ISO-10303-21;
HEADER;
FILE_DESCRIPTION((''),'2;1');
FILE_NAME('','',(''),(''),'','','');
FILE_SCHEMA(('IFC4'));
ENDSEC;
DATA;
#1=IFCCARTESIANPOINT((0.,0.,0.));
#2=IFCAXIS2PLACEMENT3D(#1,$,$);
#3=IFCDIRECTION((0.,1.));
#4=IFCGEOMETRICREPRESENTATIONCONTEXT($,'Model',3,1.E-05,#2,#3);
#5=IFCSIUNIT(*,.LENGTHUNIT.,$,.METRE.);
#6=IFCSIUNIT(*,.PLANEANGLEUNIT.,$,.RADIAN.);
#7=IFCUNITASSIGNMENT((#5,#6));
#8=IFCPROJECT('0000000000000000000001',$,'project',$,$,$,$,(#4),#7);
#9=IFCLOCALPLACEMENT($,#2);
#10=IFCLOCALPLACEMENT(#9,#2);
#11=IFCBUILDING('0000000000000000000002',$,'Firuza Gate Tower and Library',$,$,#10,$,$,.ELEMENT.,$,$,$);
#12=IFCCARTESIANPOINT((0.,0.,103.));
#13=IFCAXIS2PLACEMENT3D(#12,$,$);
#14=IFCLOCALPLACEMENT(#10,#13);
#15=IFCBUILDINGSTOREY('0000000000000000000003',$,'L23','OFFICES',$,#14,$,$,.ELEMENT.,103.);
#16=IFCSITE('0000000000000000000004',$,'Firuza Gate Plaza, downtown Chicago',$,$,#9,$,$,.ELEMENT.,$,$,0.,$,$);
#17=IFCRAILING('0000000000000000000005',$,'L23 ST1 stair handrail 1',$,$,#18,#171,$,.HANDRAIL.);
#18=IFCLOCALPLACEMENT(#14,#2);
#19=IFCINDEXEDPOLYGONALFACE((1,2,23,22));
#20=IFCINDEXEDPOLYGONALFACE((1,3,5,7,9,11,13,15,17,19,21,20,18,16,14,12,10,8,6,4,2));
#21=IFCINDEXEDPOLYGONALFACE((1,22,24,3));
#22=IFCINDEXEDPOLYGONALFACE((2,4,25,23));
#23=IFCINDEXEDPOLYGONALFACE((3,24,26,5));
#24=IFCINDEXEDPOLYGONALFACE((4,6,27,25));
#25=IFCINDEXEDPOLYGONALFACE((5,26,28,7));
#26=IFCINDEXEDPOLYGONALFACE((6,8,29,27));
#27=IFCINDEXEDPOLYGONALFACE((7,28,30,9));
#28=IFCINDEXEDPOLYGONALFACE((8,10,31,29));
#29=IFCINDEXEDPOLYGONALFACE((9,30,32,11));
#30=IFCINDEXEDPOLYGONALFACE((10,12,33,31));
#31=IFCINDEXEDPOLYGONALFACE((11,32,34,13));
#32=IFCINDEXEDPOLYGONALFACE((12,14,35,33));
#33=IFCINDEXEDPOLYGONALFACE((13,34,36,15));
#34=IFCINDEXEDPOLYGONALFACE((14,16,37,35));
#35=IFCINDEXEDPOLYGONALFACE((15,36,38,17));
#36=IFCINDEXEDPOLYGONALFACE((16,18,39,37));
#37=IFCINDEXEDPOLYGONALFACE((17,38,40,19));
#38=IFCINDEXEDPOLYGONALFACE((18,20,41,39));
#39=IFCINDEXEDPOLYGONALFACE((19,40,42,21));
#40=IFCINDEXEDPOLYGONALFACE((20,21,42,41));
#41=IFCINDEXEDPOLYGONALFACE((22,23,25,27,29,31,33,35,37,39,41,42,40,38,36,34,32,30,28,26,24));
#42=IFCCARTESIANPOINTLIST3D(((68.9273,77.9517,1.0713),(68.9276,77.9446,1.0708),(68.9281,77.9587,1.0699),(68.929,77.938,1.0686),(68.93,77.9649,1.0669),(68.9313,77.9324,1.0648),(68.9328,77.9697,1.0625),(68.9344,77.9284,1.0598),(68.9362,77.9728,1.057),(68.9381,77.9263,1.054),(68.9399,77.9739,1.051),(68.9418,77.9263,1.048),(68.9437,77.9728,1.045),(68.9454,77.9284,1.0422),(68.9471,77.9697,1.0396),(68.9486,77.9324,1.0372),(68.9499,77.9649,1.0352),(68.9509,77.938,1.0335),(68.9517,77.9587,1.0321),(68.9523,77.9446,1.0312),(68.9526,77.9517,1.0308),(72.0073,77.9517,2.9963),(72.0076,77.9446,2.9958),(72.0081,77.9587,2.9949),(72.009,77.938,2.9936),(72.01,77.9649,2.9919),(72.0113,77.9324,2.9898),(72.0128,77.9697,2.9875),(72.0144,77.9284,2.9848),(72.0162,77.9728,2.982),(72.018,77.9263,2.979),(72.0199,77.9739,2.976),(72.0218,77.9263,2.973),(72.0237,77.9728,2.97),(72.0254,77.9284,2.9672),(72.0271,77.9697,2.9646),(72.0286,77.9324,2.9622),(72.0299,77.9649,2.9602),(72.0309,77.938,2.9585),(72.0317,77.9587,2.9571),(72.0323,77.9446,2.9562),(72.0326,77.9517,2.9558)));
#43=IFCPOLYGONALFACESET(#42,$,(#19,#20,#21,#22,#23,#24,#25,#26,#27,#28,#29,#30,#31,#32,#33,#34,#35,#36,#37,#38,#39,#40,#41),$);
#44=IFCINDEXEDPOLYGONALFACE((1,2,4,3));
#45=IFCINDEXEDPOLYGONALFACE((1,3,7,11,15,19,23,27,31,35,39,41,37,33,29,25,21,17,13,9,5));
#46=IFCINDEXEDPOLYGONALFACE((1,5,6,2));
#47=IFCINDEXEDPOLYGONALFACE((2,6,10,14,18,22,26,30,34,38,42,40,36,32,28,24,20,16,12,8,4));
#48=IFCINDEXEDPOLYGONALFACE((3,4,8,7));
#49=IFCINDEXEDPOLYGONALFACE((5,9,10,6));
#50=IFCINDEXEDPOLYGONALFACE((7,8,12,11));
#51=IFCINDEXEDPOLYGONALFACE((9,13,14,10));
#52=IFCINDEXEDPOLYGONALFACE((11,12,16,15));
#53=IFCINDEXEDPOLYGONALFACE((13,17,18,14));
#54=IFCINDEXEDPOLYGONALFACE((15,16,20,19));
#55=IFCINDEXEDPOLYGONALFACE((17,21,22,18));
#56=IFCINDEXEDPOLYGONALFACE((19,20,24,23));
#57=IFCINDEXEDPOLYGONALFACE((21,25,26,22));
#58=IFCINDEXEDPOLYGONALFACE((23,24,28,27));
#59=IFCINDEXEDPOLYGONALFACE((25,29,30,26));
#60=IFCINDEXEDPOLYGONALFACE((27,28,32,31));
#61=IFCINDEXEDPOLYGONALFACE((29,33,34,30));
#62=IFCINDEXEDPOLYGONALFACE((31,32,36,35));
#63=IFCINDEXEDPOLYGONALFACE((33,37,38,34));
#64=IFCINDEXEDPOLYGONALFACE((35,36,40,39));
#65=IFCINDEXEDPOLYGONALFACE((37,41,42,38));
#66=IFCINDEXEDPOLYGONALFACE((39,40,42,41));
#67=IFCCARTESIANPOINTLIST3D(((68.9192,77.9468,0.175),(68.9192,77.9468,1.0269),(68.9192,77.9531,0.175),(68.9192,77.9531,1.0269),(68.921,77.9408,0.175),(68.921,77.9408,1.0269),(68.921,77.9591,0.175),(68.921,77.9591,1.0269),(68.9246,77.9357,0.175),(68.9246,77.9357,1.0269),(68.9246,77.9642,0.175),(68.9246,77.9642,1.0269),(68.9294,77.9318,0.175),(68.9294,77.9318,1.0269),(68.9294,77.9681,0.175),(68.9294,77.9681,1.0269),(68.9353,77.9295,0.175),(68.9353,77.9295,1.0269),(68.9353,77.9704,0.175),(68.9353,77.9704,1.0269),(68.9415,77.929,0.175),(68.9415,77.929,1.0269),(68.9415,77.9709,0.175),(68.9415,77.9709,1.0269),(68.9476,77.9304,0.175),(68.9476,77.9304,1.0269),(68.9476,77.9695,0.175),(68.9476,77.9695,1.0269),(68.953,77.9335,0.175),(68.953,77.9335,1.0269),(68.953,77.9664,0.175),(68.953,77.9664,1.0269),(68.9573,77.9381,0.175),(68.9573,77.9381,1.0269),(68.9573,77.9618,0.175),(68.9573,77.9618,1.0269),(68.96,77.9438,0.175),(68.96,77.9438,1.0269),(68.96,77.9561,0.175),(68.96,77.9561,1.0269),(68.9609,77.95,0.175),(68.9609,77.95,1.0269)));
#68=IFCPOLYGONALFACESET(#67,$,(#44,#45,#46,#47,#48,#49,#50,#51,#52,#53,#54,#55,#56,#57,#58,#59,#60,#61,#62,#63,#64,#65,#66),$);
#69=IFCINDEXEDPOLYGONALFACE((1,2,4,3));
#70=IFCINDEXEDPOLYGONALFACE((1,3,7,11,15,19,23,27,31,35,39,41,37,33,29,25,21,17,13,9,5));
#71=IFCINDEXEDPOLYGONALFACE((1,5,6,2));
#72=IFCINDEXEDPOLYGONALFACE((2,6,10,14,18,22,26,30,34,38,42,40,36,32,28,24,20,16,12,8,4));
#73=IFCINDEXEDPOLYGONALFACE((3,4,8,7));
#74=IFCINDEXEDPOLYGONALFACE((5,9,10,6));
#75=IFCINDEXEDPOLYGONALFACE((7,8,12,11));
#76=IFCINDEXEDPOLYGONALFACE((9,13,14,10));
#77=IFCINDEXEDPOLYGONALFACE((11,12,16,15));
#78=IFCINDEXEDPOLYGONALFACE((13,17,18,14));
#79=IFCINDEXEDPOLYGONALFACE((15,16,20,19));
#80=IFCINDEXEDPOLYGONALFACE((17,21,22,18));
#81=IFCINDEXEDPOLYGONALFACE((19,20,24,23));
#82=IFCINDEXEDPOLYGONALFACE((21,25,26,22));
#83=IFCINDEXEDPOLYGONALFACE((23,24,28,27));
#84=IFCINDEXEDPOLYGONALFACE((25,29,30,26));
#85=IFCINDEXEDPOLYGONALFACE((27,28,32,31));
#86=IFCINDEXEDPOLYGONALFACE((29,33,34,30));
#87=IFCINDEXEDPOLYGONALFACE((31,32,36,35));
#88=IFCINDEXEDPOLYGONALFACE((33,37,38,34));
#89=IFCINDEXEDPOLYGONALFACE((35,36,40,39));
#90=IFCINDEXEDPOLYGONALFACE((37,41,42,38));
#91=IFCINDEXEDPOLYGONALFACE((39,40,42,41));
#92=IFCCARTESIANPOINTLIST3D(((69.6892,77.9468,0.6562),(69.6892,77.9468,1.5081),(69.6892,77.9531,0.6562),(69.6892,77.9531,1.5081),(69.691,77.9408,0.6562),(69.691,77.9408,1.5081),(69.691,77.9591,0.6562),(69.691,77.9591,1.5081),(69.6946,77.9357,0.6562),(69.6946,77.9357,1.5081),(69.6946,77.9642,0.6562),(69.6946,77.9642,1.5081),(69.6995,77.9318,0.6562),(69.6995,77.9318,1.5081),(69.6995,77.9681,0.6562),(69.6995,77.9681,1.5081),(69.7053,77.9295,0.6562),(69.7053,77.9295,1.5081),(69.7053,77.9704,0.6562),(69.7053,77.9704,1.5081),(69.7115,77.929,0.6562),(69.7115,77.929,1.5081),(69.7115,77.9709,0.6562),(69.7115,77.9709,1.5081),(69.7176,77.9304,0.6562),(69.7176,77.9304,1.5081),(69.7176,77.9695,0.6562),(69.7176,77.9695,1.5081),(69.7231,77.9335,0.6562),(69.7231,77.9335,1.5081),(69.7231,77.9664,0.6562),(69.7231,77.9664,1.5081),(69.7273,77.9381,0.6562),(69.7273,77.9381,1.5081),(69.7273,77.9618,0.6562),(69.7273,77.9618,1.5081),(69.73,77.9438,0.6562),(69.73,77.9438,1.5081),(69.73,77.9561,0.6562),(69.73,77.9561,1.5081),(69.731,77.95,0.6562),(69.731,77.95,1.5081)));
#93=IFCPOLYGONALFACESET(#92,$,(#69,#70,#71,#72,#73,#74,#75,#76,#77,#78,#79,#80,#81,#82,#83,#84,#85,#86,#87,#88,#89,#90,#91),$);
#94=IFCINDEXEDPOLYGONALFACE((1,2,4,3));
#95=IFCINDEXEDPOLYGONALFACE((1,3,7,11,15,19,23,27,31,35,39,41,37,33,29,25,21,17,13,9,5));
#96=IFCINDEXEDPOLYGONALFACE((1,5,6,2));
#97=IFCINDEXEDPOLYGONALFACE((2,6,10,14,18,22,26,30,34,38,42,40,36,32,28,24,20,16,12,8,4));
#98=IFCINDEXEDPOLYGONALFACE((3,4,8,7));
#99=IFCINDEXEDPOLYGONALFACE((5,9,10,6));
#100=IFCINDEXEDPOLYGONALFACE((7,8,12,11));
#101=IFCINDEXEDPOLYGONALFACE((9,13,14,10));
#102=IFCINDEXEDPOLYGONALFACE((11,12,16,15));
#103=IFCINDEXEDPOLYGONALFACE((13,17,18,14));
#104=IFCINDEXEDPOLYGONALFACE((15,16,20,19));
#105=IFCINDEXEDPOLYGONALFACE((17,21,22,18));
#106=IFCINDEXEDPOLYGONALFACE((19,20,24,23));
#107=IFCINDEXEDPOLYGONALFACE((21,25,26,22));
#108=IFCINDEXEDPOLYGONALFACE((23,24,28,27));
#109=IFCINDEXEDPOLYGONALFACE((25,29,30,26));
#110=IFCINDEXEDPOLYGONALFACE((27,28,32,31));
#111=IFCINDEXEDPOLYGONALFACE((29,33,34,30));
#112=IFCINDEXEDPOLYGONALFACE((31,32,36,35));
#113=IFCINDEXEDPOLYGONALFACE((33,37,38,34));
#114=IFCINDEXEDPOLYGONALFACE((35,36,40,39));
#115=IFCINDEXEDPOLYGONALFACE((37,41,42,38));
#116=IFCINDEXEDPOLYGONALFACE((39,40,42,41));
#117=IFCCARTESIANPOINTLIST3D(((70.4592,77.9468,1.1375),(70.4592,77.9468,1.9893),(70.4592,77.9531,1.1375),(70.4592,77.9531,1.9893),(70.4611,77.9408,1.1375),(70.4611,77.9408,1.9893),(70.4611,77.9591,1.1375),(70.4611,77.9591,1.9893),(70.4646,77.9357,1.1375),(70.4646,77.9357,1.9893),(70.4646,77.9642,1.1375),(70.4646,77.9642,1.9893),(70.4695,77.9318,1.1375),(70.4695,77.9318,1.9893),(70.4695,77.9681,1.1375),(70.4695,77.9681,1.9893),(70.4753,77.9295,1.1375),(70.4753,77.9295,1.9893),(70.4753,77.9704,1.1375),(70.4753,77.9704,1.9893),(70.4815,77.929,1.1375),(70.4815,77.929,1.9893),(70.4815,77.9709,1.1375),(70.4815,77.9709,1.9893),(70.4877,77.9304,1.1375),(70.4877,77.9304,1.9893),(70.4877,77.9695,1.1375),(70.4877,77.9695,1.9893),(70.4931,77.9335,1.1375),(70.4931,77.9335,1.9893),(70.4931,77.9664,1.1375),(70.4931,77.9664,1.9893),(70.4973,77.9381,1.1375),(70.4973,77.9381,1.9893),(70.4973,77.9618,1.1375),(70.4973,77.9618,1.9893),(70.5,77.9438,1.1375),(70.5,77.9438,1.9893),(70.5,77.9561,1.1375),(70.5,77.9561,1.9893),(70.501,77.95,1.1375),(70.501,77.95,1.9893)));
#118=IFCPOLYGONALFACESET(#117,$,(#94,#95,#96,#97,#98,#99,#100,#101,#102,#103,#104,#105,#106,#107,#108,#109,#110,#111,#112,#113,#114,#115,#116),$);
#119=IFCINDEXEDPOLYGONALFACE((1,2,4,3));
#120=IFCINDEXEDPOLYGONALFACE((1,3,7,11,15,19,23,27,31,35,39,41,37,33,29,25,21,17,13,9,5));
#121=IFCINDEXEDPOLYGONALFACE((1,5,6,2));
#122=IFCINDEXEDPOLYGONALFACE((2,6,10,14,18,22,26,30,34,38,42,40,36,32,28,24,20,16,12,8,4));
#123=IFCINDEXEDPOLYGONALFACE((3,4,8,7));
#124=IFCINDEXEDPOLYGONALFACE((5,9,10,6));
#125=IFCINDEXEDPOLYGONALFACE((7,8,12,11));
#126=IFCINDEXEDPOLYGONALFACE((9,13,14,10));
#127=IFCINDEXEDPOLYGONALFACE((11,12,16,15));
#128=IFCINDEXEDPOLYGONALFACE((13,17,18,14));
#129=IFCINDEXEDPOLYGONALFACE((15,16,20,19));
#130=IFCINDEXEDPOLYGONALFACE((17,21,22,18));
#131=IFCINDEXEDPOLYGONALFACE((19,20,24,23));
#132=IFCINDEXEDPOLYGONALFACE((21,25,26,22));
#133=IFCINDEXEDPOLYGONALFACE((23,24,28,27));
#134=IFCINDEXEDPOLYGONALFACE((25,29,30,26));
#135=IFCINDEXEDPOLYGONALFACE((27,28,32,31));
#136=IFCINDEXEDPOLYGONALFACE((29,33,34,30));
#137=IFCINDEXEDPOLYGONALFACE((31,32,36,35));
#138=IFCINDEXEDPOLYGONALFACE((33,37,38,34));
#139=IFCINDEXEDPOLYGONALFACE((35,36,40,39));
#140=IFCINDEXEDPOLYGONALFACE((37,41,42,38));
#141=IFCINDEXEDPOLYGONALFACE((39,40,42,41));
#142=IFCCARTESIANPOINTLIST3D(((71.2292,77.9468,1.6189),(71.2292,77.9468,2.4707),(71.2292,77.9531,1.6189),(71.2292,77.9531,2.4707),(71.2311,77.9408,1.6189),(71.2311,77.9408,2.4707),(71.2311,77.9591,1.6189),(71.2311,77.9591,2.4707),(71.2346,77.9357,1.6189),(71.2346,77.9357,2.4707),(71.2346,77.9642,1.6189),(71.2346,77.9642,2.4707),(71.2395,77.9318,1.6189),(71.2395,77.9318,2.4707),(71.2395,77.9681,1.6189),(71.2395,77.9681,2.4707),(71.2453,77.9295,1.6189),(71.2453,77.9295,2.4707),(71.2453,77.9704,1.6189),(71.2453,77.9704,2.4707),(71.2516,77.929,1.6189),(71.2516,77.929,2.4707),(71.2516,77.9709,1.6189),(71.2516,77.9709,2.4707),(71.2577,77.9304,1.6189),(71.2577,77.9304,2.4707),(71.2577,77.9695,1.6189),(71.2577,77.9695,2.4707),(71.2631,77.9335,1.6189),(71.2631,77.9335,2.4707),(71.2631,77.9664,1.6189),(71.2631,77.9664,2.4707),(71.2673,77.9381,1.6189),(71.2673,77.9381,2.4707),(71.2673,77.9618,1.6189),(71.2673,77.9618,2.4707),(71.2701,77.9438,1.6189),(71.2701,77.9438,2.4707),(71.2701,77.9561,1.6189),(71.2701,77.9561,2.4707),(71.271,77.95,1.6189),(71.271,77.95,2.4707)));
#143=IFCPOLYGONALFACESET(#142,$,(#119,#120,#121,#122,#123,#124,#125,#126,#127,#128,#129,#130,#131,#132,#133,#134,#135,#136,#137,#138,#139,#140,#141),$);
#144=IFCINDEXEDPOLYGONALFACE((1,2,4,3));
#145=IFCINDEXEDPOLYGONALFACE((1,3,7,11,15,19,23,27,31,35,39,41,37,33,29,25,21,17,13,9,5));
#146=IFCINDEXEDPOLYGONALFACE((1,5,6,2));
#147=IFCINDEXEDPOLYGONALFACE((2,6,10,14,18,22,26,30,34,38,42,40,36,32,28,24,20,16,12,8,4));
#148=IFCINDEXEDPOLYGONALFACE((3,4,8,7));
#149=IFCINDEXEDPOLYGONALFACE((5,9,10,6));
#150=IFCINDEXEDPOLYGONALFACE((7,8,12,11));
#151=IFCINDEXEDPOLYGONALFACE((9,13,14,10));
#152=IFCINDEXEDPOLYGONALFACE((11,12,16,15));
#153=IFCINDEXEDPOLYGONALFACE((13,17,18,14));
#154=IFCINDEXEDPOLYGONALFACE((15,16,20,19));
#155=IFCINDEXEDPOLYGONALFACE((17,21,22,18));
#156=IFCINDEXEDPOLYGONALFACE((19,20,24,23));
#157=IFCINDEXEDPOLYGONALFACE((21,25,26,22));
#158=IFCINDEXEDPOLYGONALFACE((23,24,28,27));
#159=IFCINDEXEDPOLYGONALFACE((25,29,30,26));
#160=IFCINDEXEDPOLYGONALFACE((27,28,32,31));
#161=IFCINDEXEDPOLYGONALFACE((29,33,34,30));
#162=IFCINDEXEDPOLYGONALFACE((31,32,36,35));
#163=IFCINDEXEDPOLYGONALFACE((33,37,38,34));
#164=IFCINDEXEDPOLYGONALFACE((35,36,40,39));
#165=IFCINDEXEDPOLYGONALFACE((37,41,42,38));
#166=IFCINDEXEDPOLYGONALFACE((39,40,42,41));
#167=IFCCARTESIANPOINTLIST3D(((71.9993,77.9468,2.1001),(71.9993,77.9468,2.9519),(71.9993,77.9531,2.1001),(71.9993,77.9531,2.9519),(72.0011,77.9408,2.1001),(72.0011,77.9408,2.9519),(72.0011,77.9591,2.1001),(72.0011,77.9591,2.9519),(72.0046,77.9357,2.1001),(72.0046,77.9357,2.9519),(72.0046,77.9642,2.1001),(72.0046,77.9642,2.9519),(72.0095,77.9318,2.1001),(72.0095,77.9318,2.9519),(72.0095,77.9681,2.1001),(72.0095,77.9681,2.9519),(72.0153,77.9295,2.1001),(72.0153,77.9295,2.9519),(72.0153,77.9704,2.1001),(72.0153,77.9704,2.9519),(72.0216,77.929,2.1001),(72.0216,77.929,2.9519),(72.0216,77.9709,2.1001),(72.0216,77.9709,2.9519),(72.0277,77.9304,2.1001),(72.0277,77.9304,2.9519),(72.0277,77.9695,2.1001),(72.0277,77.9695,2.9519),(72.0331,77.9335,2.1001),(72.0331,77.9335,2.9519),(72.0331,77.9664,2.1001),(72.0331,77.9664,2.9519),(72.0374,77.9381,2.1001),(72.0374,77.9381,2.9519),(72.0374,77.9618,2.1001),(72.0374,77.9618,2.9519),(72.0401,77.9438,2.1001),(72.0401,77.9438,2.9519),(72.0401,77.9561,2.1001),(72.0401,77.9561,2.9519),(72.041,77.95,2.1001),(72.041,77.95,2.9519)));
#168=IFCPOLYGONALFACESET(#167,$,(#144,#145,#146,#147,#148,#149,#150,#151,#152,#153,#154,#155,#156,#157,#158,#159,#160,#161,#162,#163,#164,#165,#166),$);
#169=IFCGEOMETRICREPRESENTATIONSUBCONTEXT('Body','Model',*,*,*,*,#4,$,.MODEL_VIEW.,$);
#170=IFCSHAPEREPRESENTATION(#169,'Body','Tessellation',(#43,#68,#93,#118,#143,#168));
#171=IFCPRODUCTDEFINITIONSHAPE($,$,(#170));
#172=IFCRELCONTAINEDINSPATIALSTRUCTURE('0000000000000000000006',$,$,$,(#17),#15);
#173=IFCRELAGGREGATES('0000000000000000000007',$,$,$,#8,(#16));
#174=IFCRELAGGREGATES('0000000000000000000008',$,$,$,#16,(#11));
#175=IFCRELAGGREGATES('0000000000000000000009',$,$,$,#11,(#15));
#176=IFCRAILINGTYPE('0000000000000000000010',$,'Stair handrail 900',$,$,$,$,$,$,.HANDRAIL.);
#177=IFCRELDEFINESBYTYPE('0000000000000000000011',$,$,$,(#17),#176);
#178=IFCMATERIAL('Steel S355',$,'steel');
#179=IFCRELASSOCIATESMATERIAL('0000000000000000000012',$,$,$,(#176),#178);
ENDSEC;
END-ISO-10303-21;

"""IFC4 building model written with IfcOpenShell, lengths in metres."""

from ifc_helpers import new_model, si_unit, direction, frame, origin, origin_2d, place, context, subcontext, project, spatial, circle, extrude, material, type_object, element, save


model = new_model("IFC4")

# Units and contexts
model_context = context("Model", 3, precision=1e-05, world=origin(), true_north=direction((0.0, 1.0)))
body_context = subcontext(model_context, "Body", "Model", "MODEL_VIEW")
ifc_project = project(units=[si_unit("LENGTHUNIT", "METRE"), si_unit("PLANEANGLEUNIT", "RADIAN")], contexts=[model_context])

# Site, building, storey
site_placement = place(None, origin())
site = spatial("IfcSite", under=ifc_project, at=site_placement, Name="Firuza Gate Plaza, downtown Chicago", CompositionType="ELEMENT", RefElevation=0.0)
building_placement = place(site_placement, origin())
building = spatial("IfcBuilding", under=site, at=building_placement, Name="Firuza Gate Tower and Library", CompositionType="ELEMENT")
storey_placement = place(building_placement, frame((0.0, 0.0, 103.0)))
storey = spatial("IfcBuildingStorey", under=building, at=storey_placement, Name="L23", Description="OFFICES", CompositionType="ELEMENT", Elevation=103.0)

# Railing
ifc_material_1 = material(Name="Steel S355", Category="steel")
railing_type_1 = type_object("IfcRailingType", Name="Stair handrail 900", PredefinedType="HANDRAIL", material=ifc_material_1)
railing_1_placement = place(storey_placement, frame((68.9399, 77.95, 0.175)))
element("IfcRailing", 1, at=railing_1_placement, inside=storey, type_object=railing_type_1, Name="L23 ST1 stair handrail 1", PredefinedType="HANDRAIL", context=body_context, shape_type="SweptSolid", body=[
    extrude(circle(Radius=0.0239, at=origin_2d()), frame((0.0, 0.0, 0.876), z_axis=(0.847998, 0.0, 0.529999), x_axis=(0.0, 1.0, 0.0)), (0.0, 0.0, 1.0), 3.6321),
    extrude(circle(Radius=0.021, at=origin_2d()), origin(), (0.0, 0.0, 1.0), 0.8518),
    extrude(circle(Radius=0.021, at=origin_2d()), frame((0.77, 0.0, 0.4812)), (0.0, 0.0, 1.0), 0.8518),
    extrude(circle(Radius=0.021, at=origin_2d()), frame((1.54, 0.0, 0.9624)), (0.0, 0.0, 1.0), 0.8518),
    extrude(circle(Radius=0.021, at=origin_2d()), frame((2.3101, 0.0, 1.4438)), (0.0, 0.0, 1.0), 0.8518),
    extrude(circle(Radius=0.021, at=origin_2d()), frame((3.0801, 0.0, 1.925)), (0.0, 0.0, 1.0), 0.8518),
])

save(model, "model.ifc")
